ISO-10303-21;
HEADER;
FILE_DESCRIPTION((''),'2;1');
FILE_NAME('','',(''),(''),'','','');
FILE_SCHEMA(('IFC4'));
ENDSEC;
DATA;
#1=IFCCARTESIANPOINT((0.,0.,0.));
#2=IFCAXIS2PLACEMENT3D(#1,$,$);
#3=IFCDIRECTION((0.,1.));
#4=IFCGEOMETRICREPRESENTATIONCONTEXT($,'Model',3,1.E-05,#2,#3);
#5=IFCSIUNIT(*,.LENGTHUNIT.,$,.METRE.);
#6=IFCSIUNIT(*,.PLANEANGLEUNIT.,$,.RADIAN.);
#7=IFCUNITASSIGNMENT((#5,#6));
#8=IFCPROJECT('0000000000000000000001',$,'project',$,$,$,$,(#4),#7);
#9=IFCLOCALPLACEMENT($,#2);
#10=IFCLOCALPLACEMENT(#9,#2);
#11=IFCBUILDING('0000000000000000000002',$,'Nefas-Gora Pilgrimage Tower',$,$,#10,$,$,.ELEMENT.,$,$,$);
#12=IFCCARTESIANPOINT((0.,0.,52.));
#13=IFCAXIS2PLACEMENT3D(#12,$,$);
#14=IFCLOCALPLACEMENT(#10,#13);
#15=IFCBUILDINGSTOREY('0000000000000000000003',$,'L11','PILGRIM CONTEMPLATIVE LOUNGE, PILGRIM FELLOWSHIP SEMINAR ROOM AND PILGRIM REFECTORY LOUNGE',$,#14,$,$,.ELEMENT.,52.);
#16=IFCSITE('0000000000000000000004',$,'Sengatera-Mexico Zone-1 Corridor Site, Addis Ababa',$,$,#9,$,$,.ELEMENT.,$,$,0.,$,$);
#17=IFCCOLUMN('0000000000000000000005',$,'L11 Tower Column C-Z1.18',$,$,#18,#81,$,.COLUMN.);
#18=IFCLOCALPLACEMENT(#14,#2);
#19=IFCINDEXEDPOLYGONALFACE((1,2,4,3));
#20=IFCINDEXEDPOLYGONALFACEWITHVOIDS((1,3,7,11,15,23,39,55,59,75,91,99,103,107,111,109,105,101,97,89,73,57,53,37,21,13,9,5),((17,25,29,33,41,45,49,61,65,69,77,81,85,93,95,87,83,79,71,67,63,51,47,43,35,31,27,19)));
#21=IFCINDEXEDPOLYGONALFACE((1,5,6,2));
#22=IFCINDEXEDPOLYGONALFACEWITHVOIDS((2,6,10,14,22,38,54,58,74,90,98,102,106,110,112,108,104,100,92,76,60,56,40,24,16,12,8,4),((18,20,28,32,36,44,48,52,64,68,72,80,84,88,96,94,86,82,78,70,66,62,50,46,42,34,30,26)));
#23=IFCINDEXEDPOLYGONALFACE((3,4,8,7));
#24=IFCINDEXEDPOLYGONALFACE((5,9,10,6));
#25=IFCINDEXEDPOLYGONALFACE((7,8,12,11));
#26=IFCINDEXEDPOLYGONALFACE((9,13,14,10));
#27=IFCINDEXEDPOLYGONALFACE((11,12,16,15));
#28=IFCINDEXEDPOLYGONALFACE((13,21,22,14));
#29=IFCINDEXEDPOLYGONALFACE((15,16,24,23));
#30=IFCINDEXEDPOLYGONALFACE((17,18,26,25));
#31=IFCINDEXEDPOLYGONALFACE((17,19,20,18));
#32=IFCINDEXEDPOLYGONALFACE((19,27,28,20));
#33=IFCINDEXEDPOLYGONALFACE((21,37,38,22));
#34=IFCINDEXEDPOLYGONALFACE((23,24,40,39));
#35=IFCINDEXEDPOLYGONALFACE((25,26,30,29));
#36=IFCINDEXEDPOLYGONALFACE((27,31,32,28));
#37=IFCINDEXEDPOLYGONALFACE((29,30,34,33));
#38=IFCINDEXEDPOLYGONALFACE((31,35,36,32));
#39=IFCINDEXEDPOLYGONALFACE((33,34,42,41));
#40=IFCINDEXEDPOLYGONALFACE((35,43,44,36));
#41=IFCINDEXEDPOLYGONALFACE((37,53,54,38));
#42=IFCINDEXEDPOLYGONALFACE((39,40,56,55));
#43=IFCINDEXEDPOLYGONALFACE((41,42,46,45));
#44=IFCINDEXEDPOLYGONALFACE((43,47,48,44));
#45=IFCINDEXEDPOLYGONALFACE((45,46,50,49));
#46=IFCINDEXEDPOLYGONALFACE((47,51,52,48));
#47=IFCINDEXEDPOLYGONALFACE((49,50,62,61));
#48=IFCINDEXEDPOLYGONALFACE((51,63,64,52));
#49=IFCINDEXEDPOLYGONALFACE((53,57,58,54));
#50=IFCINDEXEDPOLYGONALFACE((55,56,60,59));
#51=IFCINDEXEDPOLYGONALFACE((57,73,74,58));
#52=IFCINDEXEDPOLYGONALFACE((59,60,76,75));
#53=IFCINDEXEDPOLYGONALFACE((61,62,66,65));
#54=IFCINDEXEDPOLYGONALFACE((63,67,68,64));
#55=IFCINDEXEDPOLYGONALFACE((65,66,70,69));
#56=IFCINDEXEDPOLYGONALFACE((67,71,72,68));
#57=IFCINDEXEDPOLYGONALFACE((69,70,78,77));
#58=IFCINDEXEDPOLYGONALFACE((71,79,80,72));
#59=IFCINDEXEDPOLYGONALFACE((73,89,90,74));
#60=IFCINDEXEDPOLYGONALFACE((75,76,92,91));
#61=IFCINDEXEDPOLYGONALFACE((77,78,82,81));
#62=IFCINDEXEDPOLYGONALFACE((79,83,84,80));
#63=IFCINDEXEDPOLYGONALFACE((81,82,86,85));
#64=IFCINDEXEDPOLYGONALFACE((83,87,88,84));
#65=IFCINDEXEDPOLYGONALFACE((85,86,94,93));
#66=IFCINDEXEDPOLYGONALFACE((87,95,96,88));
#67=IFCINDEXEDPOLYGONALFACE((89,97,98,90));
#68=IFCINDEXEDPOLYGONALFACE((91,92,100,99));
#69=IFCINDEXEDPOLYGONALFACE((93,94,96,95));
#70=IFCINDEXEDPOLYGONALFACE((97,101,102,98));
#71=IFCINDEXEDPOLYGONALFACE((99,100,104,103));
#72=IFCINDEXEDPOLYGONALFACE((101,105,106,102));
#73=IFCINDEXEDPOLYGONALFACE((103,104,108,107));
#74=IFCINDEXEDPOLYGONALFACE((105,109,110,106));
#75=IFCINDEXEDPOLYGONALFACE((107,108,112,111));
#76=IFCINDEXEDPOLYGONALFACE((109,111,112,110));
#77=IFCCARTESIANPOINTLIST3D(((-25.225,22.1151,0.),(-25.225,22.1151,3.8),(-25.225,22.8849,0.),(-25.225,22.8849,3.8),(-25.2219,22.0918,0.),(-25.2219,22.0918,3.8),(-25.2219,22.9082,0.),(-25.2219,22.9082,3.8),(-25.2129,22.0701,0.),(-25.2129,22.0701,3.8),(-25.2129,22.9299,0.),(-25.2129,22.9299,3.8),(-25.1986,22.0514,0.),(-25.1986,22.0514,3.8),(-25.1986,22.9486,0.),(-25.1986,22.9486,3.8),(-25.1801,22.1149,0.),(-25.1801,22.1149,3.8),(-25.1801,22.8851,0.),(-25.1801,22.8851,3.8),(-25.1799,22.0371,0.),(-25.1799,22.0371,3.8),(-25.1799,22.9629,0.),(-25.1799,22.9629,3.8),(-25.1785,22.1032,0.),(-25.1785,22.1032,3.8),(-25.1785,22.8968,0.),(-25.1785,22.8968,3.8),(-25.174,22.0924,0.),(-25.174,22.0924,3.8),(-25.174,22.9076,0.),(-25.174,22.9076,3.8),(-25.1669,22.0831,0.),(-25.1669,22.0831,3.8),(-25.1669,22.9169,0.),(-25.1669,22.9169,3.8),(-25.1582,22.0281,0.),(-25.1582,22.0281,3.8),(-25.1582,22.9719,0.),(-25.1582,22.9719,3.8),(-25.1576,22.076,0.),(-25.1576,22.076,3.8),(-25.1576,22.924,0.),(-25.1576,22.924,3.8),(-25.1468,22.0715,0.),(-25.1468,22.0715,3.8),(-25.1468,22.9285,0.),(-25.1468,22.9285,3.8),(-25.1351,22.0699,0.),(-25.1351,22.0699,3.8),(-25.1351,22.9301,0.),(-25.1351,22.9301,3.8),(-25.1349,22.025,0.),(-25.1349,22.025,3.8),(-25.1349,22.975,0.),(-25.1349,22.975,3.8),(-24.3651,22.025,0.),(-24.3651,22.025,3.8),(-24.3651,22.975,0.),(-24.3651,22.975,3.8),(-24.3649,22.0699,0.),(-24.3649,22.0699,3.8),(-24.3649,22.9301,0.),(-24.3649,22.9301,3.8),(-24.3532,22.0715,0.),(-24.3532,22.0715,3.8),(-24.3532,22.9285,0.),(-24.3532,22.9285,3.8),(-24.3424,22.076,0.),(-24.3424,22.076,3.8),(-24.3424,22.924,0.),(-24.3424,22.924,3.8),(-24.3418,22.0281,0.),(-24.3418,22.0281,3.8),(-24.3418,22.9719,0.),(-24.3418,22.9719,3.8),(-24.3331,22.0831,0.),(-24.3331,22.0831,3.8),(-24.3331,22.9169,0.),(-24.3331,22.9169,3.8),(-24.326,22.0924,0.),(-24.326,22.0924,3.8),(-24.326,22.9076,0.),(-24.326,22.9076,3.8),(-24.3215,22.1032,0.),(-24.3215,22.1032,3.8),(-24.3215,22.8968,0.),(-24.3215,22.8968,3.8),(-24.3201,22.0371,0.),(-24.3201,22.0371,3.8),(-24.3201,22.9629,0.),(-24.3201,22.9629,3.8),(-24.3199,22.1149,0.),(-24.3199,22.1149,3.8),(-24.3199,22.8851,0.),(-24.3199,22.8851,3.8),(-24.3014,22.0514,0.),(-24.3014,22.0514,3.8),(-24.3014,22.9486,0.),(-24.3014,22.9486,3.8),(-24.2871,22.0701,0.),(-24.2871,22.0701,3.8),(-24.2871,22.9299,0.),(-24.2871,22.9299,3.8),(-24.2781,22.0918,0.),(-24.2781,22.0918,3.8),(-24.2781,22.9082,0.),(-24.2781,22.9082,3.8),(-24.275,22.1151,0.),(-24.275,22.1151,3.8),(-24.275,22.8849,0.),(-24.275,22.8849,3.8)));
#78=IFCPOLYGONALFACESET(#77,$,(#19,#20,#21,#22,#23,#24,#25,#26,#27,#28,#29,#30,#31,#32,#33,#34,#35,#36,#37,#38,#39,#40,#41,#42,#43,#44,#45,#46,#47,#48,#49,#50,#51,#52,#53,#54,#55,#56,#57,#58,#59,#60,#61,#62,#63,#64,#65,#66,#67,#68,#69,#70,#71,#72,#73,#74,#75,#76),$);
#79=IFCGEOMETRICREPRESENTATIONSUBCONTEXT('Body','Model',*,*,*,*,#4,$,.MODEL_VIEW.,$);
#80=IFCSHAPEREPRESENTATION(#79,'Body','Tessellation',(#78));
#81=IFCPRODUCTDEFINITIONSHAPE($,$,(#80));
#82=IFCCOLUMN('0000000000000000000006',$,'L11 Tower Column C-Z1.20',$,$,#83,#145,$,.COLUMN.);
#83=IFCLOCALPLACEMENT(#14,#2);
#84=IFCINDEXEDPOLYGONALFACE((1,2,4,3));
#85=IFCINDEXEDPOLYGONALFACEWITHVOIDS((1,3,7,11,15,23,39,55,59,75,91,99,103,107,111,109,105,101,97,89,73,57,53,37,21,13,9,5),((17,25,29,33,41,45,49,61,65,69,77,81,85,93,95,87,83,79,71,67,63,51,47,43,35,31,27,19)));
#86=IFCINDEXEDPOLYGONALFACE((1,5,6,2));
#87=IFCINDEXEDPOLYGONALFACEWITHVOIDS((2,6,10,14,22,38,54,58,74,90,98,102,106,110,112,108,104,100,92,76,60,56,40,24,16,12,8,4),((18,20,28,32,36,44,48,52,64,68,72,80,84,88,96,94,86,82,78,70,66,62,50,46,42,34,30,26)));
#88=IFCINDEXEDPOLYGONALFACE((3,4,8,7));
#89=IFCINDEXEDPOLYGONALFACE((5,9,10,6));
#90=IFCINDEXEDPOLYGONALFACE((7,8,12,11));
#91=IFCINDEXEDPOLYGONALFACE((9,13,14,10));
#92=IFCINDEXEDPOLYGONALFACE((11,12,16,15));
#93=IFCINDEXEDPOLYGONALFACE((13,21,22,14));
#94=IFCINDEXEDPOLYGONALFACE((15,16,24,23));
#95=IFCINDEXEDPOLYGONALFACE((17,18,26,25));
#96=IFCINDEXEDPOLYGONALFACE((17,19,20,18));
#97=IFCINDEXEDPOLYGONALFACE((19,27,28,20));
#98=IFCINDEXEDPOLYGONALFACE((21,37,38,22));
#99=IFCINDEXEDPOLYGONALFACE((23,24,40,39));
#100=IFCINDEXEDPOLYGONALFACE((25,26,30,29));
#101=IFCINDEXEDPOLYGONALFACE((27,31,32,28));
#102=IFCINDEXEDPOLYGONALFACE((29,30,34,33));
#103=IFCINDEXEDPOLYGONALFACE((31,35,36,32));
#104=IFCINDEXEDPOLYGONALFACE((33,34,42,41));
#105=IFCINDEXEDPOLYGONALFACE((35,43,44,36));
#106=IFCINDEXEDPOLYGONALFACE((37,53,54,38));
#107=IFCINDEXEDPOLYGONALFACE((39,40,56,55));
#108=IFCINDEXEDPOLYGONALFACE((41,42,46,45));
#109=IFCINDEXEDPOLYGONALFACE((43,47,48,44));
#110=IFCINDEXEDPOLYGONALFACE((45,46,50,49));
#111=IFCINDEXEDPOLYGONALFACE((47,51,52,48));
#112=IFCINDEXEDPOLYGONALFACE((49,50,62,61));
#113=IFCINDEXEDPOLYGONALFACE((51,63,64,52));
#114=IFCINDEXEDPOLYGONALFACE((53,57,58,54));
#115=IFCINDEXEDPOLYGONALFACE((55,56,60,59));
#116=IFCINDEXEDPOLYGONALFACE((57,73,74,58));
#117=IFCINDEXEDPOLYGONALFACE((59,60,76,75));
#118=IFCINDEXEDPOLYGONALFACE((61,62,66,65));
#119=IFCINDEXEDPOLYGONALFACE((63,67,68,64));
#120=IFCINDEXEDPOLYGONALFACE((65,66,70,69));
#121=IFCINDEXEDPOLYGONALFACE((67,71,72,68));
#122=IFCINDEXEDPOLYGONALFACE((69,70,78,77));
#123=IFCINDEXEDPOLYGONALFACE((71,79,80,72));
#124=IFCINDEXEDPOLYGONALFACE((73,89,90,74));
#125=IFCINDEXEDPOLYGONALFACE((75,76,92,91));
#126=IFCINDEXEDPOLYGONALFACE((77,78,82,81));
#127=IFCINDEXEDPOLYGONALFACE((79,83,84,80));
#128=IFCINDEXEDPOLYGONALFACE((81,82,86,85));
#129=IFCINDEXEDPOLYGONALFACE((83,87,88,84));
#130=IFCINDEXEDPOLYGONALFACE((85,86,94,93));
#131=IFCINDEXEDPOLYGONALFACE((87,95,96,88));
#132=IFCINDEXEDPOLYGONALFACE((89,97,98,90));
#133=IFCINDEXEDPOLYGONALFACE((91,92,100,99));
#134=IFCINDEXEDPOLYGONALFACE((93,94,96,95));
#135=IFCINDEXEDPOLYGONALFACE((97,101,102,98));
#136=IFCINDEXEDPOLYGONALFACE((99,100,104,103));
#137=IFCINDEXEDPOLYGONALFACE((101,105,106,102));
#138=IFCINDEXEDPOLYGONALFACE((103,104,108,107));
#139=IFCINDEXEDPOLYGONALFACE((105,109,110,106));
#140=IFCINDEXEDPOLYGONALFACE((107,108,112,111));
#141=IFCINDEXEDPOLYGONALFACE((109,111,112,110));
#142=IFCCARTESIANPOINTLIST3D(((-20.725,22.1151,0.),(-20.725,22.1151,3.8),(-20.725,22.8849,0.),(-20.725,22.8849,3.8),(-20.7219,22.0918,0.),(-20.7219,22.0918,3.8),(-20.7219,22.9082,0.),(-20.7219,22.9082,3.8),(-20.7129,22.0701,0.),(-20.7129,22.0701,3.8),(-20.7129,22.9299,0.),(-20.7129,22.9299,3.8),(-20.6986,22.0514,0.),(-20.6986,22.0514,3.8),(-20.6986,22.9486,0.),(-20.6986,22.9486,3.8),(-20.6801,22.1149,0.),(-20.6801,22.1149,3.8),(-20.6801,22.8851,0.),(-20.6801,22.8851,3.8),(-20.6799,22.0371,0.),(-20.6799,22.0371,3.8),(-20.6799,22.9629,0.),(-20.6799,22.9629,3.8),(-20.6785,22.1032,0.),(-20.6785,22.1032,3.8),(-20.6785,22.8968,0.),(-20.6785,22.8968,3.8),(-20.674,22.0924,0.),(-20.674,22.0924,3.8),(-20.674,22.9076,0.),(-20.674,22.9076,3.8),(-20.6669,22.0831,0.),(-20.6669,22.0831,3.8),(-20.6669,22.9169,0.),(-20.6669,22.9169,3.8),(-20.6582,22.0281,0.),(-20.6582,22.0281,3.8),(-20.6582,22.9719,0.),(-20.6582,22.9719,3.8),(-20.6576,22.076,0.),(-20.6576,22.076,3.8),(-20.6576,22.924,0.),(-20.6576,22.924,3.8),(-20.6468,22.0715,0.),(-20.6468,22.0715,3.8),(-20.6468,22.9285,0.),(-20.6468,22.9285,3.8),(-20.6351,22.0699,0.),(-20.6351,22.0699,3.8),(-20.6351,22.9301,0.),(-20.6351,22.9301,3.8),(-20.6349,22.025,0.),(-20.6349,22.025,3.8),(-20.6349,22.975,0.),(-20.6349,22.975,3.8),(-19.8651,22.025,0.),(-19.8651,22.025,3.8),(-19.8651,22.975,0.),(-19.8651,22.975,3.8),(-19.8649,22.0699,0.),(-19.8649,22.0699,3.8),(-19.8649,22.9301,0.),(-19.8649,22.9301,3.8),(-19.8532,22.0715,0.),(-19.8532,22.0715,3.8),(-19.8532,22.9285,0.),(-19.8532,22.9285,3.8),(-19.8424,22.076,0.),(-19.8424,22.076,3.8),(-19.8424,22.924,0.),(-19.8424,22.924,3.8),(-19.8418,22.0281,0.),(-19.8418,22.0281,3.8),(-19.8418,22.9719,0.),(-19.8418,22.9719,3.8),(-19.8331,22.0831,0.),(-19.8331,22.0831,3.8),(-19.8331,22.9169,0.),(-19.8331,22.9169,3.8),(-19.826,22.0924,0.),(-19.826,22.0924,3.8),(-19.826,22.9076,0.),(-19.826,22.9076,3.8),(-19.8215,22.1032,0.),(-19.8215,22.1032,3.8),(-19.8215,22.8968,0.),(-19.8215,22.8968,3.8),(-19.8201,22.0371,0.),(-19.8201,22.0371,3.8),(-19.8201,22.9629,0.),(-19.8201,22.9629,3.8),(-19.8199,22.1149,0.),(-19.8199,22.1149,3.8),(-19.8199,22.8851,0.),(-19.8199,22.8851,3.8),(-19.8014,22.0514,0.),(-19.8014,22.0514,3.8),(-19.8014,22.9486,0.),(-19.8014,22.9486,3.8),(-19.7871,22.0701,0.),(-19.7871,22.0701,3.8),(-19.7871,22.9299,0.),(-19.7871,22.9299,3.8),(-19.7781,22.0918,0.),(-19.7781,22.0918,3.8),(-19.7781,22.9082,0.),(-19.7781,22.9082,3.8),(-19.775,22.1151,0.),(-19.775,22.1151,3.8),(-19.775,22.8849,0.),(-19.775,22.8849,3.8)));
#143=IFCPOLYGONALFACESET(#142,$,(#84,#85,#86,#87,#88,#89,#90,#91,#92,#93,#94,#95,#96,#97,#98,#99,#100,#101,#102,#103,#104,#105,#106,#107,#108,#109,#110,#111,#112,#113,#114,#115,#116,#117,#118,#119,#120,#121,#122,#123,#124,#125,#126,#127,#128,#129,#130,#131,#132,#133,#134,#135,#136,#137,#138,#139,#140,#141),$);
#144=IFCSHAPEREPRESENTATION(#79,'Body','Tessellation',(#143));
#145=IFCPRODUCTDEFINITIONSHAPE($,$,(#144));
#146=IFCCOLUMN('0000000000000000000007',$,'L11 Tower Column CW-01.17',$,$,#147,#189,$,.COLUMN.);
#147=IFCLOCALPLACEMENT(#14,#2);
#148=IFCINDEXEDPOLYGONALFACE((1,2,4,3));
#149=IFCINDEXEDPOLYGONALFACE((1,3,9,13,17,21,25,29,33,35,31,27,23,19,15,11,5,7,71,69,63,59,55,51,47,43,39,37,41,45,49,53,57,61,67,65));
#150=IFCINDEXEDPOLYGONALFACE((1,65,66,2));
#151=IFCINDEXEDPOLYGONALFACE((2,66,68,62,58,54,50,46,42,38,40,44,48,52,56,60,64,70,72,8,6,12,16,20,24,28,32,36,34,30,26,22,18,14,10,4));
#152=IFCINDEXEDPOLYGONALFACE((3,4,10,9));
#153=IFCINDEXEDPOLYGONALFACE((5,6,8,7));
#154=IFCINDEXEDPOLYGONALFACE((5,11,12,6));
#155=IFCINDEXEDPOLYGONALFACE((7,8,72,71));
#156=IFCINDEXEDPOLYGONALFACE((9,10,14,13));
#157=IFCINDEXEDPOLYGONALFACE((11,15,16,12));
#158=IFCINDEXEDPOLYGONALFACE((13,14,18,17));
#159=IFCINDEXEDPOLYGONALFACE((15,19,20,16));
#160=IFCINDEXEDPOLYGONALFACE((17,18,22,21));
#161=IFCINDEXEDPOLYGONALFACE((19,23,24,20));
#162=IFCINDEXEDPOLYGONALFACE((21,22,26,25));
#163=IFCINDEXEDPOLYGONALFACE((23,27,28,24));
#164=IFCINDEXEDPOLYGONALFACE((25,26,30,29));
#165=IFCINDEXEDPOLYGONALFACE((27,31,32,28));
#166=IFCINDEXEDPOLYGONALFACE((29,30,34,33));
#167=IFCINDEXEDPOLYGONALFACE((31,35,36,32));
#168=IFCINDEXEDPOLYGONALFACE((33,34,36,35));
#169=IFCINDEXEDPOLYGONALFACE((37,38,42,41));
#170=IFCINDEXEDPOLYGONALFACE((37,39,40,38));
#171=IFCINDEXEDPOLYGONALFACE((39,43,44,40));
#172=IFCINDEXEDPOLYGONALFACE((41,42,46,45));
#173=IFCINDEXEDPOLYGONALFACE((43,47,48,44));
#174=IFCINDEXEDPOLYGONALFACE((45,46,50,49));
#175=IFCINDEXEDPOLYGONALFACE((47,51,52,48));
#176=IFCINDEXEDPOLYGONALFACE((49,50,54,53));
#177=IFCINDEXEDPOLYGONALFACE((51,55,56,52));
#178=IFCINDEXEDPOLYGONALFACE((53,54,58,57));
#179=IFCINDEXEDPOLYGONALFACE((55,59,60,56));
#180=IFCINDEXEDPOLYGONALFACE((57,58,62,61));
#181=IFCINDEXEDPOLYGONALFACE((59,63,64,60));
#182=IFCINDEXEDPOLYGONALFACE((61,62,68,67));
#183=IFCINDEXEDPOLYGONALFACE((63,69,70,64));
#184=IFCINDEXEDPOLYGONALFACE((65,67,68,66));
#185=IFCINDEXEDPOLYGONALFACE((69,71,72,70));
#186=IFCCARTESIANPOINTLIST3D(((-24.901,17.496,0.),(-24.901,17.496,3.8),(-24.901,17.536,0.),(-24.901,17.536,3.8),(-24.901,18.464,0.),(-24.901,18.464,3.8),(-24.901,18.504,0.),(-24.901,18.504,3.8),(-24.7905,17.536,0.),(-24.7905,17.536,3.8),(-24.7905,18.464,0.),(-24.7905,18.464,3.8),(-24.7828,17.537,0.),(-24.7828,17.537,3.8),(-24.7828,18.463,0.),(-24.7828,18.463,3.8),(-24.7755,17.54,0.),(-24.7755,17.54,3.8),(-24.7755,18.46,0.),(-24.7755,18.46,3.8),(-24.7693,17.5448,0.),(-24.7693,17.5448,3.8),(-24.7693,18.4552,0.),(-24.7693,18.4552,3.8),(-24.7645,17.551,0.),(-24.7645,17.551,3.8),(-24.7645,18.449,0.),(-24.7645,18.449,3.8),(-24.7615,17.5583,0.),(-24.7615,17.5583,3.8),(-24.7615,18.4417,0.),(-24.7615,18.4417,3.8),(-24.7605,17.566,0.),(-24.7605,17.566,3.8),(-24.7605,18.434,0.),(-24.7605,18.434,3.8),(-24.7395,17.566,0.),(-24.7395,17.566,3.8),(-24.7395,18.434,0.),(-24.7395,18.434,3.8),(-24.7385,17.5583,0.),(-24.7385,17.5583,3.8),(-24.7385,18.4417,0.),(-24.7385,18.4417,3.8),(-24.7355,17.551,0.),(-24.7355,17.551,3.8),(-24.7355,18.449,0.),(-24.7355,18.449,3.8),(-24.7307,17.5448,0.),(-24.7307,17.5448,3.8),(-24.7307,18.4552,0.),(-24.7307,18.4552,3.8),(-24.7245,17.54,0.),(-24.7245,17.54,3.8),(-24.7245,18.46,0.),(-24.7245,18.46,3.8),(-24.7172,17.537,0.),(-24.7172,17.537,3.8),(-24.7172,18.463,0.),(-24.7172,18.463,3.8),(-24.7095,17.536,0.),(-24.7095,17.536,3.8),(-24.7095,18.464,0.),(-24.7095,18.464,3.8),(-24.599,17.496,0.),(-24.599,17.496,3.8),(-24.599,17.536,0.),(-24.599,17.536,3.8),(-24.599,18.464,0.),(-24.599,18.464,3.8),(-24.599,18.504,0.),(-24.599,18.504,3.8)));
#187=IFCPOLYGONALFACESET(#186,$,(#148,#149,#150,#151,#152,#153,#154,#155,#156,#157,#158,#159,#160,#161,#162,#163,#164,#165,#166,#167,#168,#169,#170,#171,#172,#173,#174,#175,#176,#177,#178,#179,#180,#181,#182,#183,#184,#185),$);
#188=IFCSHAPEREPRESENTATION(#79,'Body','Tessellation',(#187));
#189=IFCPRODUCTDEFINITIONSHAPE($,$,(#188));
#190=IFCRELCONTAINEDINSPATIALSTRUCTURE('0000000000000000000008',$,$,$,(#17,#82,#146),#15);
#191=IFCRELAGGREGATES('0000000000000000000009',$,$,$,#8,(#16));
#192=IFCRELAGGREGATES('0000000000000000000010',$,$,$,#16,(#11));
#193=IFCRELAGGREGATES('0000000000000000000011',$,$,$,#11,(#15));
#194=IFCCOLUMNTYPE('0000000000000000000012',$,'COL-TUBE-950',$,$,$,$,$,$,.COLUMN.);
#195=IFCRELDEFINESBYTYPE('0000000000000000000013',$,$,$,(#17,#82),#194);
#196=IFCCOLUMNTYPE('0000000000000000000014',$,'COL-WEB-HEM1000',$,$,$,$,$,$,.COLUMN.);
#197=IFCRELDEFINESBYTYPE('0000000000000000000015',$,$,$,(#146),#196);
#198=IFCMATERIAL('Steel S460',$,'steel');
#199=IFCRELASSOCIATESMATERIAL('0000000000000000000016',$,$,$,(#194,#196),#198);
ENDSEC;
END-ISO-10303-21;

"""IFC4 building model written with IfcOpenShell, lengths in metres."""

from ifc_helpers import new_model, si_unit, direction, frame, origin, origin_2d, place, context, subcontext, project, spatial, hollow_rectangle, i_section, extrude, source, transform, mapped, material, material_profile, profile_set, type_object, element, save


model = new_model("IFC4")

# Units and contexts
model_context = context("Model", 3, precision=1e-05, world=origin(), true_north=direction((0.0, 1.0)))
body_context = subcontext(model_context, "Body", "Model", "MODEL_VIEW")
ifc_project = project(units=[si_unit("LENGTHUNIT", "METRE"), si_unit("PLANEANGLEUNIT", "RADIAN")], contexts=[model_context])

# Site, building, storey
site_placement = place(None, origin())
site = spatial("IfcSite", under=ifc_project, at=site_placement, Name="Sengatera-Mexico Zone-1 Corridor Site, Addis Ababa", CompositionType="ELEMENT", RefElevation=0.0)
building_placement = place(site_placement, origin())
building = spatial("IfcBuilding", under=site, at=building_placement, Name="Nefas-Gora Pilgrimage Tower", CompositionType="ELEMENT")
storey_placement = place(building_placement, frame((0.0, 0.0, 52.0)))
storey = spatial("IfcBuildingStorey", under=building, at=storey_placement, Name="L11", Description="PILGRIM CONTEMPLATIVE LOUNGE, PILGRIM FELLOWSHIP SEMINAR ROOM AND PILGRIM REFECTORY LOUNGE", CompositionType="ELEMENT", Elevation=52.0)

# Columns
ifc_material_1 = material(Name="Steel S460", Category="steel")
ifc_material_profile_1 = material_profile(ifc_material_1, hollow_rectangle(XDim=0.95, YDim=0.95, WallThickness=0.0449, InnerFilletRadius=0.0449, OuterFilletRadius=0.0901, at=origin_2d()), Name="BOX 950x950x45")
ifc_profile_set_1 = profile_set([ifc_material_profile_1], Name="Steel S460")
column_type_1 = type_object("IfcColumnType", Name="COL-TUBE-950", PredefinedType="COLUMN", material=ifc_profile_set_1)
shared_shape_1 = source(origin(), body_context, "Body", "SweptSolid", [
    extrude(hollow_rectangle(XDim=0.95, YDim=0.95, WallThickness=0.0449, InnerFilletRadius=0.0449, OuterFilletRadius=0.0901, at=origin_2d()), origin(), (0.0, 0.0, 1.0), 3.8),
])
for number, where, z_axis, x_axis, name in (
    (1, (-24.75, 22.5, 0.0), (0.0, 0.0, 1.0), (1.0, 0.0, 0.0), "L11 Tower Column C-Z1.18"),
    (2, (-20.25, 22.5, 0.0), (0.0, 0.0, 1.0), (1.0, 0.0, 0.0), "L11 Tower Column C-Z1.20"),
):
    element("IfcColumn", number, at=place(storey_placement, frame(where, z_axis=z_axis, x_axis=x_axis)), inside=storey, type_object=column_type_1, Name=name, PredefinedType="COLUMN", context=body_context, shape_type="MappedRepresentation", body=[
        mapped(shared_shape_1, transform((0.0, 0.0, 0.0), x_axis=(1.0, 0.0, 0.0), y_axis=(0.0, 1.0, 0.0), z_axis=(0.0, 0.0, 1.0), scale=1.0)),
    ])
ifc_material_profile_2 = material_profile(ifc_material_1, i_section(OverallWidth=0.302, OverallDepth=1.0081, WebThickness=0.021, FlangeThickness=0.04, FilletRadius=0.03, at=origin_2d()), Name="HEM 1000")
ifc_profile_set_2 = profile_set([ifc_material_profile_2], Name="Steel S460")
column_type_2 = type_object("IfcColumnType", Name="COL-WEB-HEM1000", PredefinedType="COLUMN", material=ifc_profile_set_2)
shared_shape_2 = source(origin(), body_context, "Body", "SweptSolid", [
    extrude(i_section(OverallWidth=0.302, OverallDepth=1.0081, WebThickness=0.021, FlangeThickness=0.04, FilletRadius=0.03, at=origin_2d()), origin(), (0.0, 0.0, 1.0), 3.8),
])
for number, where, z_axis, x_axis, name in (
    (3, (-24.75, 18.0, 0.0), (0.0, 0.0, 1.0), (1.0, 0.0, 0.0), "L11 Tower Column CW-01.17"),
):
    element("IfcColumn", number, at=place(storey_placement, frame(where, z_axis=z_axis, x_axis=x_axis)), inside=storey, type_object=column_type_2, Name=name, PredefinedType="COLUMN", context=body_context, shape_type="MappedRepresentation", body=[
        mapped(shared_shape_2, transform((0.0, 0.0, 0.0), x_axis=(1.0, 0.0, 0.0), y_axis=(0.0, 1.0, 0.0), z_axis=(0.0, 0.0, 1.0), scale=1.0)),
    ])

save(model, "model.ifc")
